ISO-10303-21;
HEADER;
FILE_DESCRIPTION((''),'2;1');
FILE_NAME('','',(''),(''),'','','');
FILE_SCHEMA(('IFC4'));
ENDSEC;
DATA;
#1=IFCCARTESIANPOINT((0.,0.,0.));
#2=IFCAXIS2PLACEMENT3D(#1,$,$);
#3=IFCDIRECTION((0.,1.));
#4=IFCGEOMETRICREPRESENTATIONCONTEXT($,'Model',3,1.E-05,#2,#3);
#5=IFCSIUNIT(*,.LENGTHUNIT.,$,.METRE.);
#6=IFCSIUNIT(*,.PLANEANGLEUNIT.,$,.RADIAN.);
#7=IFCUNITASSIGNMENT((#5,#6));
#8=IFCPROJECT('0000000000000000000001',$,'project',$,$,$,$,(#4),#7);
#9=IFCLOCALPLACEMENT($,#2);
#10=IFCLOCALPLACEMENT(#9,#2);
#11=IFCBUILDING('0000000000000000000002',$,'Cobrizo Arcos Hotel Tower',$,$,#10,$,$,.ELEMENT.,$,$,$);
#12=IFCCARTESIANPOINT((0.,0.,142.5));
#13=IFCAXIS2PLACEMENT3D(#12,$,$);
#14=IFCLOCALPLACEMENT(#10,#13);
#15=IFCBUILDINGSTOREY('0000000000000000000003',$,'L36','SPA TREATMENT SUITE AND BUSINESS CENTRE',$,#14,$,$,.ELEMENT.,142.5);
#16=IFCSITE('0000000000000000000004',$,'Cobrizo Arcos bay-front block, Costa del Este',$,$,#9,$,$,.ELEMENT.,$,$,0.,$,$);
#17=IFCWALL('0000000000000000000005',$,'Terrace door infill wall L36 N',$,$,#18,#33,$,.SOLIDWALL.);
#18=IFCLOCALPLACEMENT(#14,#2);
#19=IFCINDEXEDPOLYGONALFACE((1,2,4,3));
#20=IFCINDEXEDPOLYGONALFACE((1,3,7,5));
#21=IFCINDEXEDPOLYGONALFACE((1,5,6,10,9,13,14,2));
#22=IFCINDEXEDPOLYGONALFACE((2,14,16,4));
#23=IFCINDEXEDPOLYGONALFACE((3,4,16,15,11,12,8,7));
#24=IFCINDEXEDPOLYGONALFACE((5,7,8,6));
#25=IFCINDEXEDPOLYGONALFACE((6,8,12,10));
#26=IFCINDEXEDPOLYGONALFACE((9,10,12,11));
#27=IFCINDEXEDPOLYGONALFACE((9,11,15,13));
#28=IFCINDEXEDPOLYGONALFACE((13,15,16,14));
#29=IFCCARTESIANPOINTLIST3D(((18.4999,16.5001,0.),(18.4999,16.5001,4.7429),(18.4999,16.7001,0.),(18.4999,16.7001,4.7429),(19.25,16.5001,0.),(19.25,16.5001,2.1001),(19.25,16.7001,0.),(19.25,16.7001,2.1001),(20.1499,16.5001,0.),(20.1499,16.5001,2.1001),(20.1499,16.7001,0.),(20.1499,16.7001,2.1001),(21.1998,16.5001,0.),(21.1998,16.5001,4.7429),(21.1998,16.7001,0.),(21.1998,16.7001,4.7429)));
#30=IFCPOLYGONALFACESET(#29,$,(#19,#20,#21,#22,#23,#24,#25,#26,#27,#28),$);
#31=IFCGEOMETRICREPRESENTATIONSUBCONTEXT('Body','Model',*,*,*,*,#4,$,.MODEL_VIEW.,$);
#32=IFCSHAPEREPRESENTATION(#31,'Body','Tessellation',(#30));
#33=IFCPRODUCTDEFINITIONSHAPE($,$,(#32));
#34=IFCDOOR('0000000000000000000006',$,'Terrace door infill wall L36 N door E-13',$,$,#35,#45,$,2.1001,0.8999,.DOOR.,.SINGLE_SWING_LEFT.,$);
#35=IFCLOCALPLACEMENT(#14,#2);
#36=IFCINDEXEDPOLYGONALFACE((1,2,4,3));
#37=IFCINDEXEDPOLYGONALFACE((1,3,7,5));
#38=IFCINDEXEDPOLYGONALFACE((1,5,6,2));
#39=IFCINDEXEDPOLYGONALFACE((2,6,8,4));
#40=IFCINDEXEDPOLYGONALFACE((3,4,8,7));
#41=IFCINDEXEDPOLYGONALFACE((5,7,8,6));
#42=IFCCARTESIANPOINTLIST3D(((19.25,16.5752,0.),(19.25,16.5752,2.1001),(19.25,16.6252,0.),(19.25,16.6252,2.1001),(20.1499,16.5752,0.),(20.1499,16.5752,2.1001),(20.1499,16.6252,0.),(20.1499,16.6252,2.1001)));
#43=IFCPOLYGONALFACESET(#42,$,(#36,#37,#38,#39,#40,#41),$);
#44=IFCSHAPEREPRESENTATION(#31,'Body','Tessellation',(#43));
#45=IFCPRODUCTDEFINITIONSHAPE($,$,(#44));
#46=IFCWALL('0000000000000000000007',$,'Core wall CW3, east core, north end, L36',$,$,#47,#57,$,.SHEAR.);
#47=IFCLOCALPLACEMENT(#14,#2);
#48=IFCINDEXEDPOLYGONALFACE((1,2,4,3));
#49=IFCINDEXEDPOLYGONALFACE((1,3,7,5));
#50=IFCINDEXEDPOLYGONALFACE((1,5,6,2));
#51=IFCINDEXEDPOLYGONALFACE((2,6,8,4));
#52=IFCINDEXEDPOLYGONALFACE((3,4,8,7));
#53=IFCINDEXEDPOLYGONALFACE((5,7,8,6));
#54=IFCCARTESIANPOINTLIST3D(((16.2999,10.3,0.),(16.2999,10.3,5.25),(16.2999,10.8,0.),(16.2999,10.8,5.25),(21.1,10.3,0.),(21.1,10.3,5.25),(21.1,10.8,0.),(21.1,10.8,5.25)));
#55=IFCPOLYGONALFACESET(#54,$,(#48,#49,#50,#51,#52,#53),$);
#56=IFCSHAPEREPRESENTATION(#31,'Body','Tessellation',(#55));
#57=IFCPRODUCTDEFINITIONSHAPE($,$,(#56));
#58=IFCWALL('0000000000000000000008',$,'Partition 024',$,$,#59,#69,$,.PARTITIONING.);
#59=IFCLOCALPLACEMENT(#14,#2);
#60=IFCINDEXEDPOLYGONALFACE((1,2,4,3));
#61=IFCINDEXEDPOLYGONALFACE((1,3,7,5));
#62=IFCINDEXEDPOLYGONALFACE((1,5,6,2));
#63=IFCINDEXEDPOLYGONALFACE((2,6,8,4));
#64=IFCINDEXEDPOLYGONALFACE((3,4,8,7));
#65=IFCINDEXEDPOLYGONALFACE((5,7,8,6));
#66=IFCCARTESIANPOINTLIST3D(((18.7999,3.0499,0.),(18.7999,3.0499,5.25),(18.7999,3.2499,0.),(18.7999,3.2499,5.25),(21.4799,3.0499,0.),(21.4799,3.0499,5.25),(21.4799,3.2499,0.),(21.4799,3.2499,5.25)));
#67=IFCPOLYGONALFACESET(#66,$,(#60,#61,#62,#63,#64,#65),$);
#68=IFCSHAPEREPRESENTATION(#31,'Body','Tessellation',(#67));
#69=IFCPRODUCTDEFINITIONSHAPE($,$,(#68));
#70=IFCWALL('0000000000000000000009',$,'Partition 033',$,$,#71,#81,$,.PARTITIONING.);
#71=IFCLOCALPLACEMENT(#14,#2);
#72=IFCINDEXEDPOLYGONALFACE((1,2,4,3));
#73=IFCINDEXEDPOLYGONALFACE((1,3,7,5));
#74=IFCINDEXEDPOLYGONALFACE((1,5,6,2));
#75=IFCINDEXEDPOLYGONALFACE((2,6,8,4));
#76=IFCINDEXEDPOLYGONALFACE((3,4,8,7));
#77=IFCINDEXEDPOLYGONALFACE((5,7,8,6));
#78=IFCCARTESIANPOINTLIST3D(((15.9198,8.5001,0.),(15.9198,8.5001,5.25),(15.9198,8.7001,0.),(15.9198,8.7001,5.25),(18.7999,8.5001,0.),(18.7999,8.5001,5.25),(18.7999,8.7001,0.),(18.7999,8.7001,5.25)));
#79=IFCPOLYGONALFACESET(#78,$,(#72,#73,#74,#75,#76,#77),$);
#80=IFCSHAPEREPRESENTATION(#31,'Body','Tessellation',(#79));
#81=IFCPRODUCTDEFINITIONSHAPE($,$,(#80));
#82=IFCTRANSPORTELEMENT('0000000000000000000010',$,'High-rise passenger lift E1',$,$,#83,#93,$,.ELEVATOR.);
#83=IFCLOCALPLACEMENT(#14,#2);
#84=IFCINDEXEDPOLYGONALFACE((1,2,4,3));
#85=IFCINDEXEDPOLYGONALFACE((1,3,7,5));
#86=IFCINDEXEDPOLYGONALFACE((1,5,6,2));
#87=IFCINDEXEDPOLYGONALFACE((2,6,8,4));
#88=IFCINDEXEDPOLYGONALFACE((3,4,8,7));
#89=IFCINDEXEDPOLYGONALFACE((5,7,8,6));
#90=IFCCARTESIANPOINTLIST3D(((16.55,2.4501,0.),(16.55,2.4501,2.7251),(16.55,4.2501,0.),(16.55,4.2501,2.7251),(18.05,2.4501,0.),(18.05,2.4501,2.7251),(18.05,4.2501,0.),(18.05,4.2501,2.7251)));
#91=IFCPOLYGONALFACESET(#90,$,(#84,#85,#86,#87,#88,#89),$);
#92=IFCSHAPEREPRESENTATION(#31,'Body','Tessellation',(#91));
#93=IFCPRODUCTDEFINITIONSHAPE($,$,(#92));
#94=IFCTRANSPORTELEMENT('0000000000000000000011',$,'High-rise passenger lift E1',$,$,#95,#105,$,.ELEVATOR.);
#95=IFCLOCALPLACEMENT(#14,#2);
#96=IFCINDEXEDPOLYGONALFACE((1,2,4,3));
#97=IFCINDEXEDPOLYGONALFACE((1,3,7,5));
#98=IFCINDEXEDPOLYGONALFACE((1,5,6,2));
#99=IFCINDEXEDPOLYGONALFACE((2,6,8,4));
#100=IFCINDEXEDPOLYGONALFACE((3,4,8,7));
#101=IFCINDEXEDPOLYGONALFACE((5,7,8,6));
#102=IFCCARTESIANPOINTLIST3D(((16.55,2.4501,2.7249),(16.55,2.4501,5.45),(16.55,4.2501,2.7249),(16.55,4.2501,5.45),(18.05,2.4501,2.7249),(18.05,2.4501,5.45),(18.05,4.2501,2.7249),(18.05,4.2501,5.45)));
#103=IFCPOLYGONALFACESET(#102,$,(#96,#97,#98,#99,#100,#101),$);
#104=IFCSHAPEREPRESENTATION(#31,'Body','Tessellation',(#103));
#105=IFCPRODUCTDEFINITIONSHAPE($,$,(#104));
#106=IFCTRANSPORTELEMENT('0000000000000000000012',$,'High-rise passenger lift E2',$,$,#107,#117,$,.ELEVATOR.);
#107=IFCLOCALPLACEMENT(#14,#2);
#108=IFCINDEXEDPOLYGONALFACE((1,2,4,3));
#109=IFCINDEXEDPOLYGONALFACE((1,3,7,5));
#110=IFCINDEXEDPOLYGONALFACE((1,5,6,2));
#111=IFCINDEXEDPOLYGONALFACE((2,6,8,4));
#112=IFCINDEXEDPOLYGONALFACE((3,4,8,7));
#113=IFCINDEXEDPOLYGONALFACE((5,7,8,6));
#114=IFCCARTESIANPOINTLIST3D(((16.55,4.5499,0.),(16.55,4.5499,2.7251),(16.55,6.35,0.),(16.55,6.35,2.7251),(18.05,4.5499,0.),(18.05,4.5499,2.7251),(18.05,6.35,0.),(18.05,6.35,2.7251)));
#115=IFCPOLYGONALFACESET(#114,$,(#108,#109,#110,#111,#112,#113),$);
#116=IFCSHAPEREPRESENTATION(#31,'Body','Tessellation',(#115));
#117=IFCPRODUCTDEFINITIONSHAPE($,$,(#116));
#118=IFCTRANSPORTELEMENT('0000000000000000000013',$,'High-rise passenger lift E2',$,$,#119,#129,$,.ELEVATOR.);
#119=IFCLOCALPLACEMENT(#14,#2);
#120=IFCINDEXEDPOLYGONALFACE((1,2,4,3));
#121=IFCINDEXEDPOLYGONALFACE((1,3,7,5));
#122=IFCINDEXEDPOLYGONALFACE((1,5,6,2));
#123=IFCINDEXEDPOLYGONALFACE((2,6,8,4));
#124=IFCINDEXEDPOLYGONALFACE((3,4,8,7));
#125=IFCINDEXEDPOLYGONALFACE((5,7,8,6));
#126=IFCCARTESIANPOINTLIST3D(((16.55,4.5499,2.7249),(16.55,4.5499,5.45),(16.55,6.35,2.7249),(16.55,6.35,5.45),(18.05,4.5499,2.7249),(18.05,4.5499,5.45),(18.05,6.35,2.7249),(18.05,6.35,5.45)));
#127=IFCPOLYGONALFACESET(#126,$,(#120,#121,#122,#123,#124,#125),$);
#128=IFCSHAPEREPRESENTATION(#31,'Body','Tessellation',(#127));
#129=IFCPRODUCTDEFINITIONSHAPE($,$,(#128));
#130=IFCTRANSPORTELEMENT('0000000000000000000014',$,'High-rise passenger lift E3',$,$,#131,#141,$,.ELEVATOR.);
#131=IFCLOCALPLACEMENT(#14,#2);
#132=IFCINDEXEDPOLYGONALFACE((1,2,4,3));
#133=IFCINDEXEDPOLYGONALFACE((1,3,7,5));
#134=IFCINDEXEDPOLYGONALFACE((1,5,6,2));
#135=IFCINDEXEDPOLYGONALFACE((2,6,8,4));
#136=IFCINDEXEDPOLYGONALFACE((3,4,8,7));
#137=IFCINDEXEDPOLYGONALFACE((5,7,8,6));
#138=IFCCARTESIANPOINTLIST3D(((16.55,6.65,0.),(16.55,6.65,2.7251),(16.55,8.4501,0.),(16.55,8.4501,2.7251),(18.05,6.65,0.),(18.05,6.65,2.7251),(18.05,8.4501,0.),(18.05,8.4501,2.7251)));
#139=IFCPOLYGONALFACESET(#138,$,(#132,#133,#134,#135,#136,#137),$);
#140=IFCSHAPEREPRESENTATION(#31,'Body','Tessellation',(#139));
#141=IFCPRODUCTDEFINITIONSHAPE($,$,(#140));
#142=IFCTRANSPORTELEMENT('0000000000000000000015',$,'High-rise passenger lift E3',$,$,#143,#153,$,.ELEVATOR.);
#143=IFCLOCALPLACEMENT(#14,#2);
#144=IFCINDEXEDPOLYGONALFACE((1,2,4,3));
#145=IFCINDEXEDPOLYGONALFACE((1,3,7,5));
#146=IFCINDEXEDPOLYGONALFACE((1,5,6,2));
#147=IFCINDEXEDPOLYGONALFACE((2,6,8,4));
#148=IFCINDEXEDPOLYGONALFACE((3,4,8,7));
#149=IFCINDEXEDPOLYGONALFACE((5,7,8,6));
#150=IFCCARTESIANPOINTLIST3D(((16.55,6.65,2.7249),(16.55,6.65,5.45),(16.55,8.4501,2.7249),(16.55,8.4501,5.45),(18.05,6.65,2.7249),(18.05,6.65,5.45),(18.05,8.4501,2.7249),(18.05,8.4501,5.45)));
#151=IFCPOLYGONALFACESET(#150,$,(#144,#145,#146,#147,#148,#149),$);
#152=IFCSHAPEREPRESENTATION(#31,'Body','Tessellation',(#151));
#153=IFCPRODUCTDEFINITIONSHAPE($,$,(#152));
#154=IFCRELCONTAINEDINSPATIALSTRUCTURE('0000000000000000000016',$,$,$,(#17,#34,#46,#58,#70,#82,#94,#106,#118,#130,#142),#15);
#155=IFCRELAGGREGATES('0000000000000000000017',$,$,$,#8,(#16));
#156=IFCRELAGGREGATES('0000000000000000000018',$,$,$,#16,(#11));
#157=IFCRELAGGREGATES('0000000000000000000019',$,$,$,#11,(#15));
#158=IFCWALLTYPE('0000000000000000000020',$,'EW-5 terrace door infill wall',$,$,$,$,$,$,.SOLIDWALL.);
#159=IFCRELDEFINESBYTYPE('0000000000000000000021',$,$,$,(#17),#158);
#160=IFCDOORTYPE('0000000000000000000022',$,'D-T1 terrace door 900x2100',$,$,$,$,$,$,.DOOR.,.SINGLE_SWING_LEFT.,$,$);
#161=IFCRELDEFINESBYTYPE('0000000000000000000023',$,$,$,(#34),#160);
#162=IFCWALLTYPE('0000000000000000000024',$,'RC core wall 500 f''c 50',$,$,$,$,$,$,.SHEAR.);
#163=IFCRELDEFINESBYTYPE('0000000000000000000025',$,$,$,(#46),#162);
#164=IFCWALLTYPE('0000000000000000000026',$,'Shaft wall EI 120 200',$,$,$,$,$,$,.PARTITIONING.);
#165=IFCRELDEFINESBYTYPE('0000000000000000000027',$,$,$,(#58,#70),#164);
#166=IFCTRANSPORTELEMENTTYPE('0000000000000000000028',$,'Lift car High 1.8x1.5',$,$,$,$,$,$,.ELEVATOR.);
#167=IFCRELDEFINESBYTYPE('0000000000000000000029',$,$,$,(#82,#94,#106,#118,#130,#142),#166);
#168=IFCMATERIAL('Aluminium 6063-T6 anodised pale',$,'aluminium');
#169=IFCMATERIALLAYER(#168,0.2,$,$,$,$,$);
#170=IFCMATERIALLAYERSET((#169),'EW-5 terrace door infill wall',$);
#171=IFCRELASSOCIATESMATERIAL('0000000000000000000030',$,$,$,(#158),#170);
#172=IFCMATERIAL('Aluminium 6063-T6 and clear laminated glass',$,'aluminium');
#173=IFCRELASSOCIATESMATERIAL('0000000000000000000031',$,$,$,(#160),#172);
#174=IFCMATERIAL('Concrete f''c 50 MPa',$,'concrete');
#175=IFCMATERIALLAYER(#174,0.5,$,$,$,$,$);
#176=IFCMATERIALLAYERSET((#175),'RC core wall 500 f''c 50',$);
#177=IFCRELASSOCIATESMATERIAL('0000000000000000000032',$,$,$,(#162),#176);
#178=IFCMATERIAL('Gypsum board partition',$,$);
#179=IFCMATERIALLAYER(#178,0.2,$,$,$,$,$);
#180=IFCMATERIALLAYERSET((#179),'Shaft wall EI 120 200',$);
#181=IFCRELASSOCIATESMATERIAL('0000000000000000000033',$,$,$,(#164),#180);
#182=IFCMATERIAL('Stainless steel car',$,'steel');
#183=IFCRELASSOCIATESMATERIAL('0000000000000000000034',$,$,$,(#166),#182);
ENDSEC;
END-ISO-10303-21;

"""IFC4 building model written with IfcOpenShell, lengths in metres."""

from ifc_helpers import new_model, si_unit, direction, frame, frame_2d, origin, origin_2d, place, context, subcontext, project, spatial, rectangle, extrude, material, layer, layer_set, type_object, element, fill, save


model = new_model("IFC4")

# Units and contexts
model_context = context("Model", 3, precision=1e-05, world=origin(), true_north=direction((0.0, 1.0)))
body_context = subcontext(model_context, "Body", "Model", "MODEL_VIEW")
ifc_project = project(units=[si_unit("LENGTHUNIT", "METRE"), si_unit("PLANEANGLEUNIT", "RADIAN")], contexts=[model_context])

# Site, building, storey
site_placement = place(None, origin())
site = spatial("IfcSite", under=ifc_project, at=site_placement, Name="Cobrizo Arcos bay-front block, Costa del Este", CompositionType="ELEMENT", RefElevation=0.0)
building_placement = place(site_placement, origin())
building = spatial("IfcBuilding", under=site, at=building_placement, Name="Cobrizo Arcos Hotel Tower", CompositionType="ELEMENT")
storey_placement = place(building_placement, frame((0.0, 0.0, 142.5)))
storey = spatial("IfcBuildingStorey", under=building, at=storey_placement, Name="L36", Description="SPA TREATMENT SUITE AND BUSINESS CENTRE", CompositionType="ELEMENT", Elevation=142.5)

# Wall, opening, door
ifc_material_1 = material(Name="Aluminium 6063-T6 anodised pale", Category="aluminium")
ifc_layer_1 = layer(ifc_material_1, 0.2)
ifc_layer_set_1 = layer_set([ifc_layer_1], Name="EW-5 terrace door infill wall")
wall_type_1 = type_object("IfcWallType", Name="EW-5 terrace door infill wall", PredefinedType="SOLIDWALL", material=ifc_layer_set_1)
wall_1_placement = place(storey_placement, frame((21.2, 16.6001, 0.0), z_axis=(0.0, 0.0, 1.0), x_axis=(-1.0, 0.0, 0.0)))
wall_1 = element("IfcWall", 1, at=wall_1_placement, inside=storey, type_object=wall_type_1, Name="Terrace door infill wall L36 N", PredefinedType="SOLIDWALL", context=body_context, shape_type="SweptSolid", body=[
    extrude(rectangle(XDim=2.7, YDim=0.2, at=frame_2d((1.3501, 0.0))), origin(), (0.0, 0.0, 1.0), 4.7429),
])
opening_placement = place(wall_1_placement, frame((1.05, 0.0, 0.0)))
opening = element("IfcOpeningElement", 2, at=opening_placement, cuts=wall_1, PredefinedType="OPENING", context=body_context, shape_type="SweptSolid", body=[
    extrude(rectangle(XDim=0.8999, YDim=2.1001, at=frame_2d((0.45, 1.05))), frame((0.0, 0.1121, 0.0), z_axis=(0.0, -1.0, 0.0), x_axis=(1.0, 0.0, 0.0)), (0.0, 0.0, 1.0), 0.2239),
])
ifc_material_2 = material(Name="Aluminium 6063-T6 and clear laminated glass", Category="aluminium")
door_type = type_object("IfcDoorType", Name="D-T1 terrace door 900x2100", OperationType="SINGLE_SWING_LEFT", PredefinedType="DOOR", material=ifc_material_2)
door_placement = place(opening_placement, origin())
door = element("IfcDoor", 3, at=door_placement, inside=storey, type_object=door_type, Name="Terrace door infill wall L36 N door E-13", OperationType="SINGLE_SWING_LEFT", OverallHeight=2.1001, OverallWidth=0.8999, PredefinedType="DOOR", context=body_context, shape_type="SweptSolid", body=[
    extrude(rectangle(XDim=0.8999, YDim=2.1001, at=frame_2d((0.45, 1.05))), frame((0.0, 0.0249, 0.0), z_axis=(0.0, -1.0, 0.0), x_axis=(1.0, 0.0, 0.0)), (0.0, 0.0, 1.0), 0.05),
])
fill(opening, door)

# Walls
ifc_material_3 = material(Name="Concrete f'c 50 MPa", Category="concrete")
ifc_layer_2 = layer(ifc_material_3, 0.5)
ifc_layer_set_2 = layer_set([ifc_layer_2], Name="RC core wall 500 f'c 50")
wall_type_2 = type_object("IfcWallType", Name="RC core wall 500 f'c 50", PredefinedType="SHEAR", material=ifc_layer_set_2)
wall_2_placement = place(storey_placement, frame((16.3, 10.55, 0.0), z_axis=(0.0, 0.0, 1.0), x_axis=(1.0, 0.0, 0.0)))
element("IfcWall", 4, at=wall_2_placement, inside=storey, type_object=wall_type_2, Name="Core wall CW3, east core, north end, L36", PredefinedType="SHEAR", context=body_context, shape_type="SweptSolid", body=[
    extrude(rectangle(XDim=4.8, YDim=0.5, at=frame_2d((2.3999, 0.0))), origin(), (0.0, 0.0, 1.0), 5.25),
])
ifc_material_4 = material(Name="Gypsum board partition")
ifc_layer_3 = layer(ifc_material_4, 0.2)
ifc_layer_set_3 = layer_set([ifc_layer_3], Name="Shaft wall EI 120 200")
wall_type_3 = type_object("IfcWallType", Name="Shaft wall EI 120 200", PredefinedType="PARTITIONING", material=ifc_layer_set_3)
wall_3_placement = place(storey_placement, frame((18.8, 3.1499, 0.0), z_axis=(0.0, 0.0, 1.0), x_axis=(1.0, 0.0, 0.0)))
element("IfcWall", 5, at=wall_3_placement, inside=storey, type_object=wall_type_3, Name="Partition 024", PredefinedType="PARTITIONING", context=body_context, shape_type="SweptSolid", body=[
    extrude(rectangle(XDim=2.6799, YDim=0.2, at=frame_2d((1.3398, 0.0))), origin(), (0.0, 0.0, 1.0), 5.25),
])
wall_4_placement = place(storey_placement, frame((15.9199, 8.6001, 0.0), z_axis=(0.0, 0.0, 1.0), x_axis=(1.0, 0.0, 0.0)))
element("IfcWall", 6, at=wall_4_placement, inside=storey, type_object=wall_type_3, Name="Partition 033", PredefinedType="PARTITIONING", context=body_context, shape_type="SweptSolid", body=[
    extrude(rectangle(XDim=2.8801, YDim=0.2, at=frame_2d((1.4399, 0.0))), origin(), (0.0, 0.0, 1.0), 5.25),
])

# Transport elements
ifc_material_5 = material(Name="Stainless steel car", Category="steel")
transport_element_type = type_object("IfcTransportElementType", Name="Lift car High 1.8x1.5", PredefinedType="ELEVATOR", material=ifc_material_5)
for number, where, z_axis, x_axis, name in (
    (7, (17.3, 3.3501, 0.0), (0.0, 0.0, 1.0), (1.0, 0.0, 0.0), "High-rise passenger lift E1"),
    (8, (17.3, 3.3501, 2.7249), (0.0, 0.0, 1.0), (1.0, 0.0, 0.0), "High-rise passenger lift E1"),
    (9, (17.3, 5.45, 0.0), (0.0, 0.0, 1.0), (1.0, 0.0, 0.0), "High-rise passenger lift E2"),
    (10, (17.3, 5.45, 2.7249), (0.0, 0.0, 1.0), (1.0, 0.0, 0.0), "High-rise passenger lift E2"),
    (11, (17.3, 7.55, 0.0), (0.0, 0.0, 1.0), (1.0, 0.0, 0.0), "High-rise passenger lift E3"),
    (12, (17.3, 7.55, 2.7249), (0.0, 0.0, 1.0), (1.0, 0.0, 0.0), "High-rise passenger lift E3"),
):
    element("IfcTransportElement", number, at=place(storey_placement, frame(where, z_axis=z_axis, x_axis=x_axis)), inside=storey, type_object=transport_element_type, Name=name, PredefinedType="ELEVATOR", context=body_context, shape_type="SweptSolid", body=[
        extrude(rectangle(XDim=1.5, YDim=1.8, at=origin_2d()), origin(), (0.0, 0.0, 1.0), 2.7251),
    ])

save(model, "model.ifc")
